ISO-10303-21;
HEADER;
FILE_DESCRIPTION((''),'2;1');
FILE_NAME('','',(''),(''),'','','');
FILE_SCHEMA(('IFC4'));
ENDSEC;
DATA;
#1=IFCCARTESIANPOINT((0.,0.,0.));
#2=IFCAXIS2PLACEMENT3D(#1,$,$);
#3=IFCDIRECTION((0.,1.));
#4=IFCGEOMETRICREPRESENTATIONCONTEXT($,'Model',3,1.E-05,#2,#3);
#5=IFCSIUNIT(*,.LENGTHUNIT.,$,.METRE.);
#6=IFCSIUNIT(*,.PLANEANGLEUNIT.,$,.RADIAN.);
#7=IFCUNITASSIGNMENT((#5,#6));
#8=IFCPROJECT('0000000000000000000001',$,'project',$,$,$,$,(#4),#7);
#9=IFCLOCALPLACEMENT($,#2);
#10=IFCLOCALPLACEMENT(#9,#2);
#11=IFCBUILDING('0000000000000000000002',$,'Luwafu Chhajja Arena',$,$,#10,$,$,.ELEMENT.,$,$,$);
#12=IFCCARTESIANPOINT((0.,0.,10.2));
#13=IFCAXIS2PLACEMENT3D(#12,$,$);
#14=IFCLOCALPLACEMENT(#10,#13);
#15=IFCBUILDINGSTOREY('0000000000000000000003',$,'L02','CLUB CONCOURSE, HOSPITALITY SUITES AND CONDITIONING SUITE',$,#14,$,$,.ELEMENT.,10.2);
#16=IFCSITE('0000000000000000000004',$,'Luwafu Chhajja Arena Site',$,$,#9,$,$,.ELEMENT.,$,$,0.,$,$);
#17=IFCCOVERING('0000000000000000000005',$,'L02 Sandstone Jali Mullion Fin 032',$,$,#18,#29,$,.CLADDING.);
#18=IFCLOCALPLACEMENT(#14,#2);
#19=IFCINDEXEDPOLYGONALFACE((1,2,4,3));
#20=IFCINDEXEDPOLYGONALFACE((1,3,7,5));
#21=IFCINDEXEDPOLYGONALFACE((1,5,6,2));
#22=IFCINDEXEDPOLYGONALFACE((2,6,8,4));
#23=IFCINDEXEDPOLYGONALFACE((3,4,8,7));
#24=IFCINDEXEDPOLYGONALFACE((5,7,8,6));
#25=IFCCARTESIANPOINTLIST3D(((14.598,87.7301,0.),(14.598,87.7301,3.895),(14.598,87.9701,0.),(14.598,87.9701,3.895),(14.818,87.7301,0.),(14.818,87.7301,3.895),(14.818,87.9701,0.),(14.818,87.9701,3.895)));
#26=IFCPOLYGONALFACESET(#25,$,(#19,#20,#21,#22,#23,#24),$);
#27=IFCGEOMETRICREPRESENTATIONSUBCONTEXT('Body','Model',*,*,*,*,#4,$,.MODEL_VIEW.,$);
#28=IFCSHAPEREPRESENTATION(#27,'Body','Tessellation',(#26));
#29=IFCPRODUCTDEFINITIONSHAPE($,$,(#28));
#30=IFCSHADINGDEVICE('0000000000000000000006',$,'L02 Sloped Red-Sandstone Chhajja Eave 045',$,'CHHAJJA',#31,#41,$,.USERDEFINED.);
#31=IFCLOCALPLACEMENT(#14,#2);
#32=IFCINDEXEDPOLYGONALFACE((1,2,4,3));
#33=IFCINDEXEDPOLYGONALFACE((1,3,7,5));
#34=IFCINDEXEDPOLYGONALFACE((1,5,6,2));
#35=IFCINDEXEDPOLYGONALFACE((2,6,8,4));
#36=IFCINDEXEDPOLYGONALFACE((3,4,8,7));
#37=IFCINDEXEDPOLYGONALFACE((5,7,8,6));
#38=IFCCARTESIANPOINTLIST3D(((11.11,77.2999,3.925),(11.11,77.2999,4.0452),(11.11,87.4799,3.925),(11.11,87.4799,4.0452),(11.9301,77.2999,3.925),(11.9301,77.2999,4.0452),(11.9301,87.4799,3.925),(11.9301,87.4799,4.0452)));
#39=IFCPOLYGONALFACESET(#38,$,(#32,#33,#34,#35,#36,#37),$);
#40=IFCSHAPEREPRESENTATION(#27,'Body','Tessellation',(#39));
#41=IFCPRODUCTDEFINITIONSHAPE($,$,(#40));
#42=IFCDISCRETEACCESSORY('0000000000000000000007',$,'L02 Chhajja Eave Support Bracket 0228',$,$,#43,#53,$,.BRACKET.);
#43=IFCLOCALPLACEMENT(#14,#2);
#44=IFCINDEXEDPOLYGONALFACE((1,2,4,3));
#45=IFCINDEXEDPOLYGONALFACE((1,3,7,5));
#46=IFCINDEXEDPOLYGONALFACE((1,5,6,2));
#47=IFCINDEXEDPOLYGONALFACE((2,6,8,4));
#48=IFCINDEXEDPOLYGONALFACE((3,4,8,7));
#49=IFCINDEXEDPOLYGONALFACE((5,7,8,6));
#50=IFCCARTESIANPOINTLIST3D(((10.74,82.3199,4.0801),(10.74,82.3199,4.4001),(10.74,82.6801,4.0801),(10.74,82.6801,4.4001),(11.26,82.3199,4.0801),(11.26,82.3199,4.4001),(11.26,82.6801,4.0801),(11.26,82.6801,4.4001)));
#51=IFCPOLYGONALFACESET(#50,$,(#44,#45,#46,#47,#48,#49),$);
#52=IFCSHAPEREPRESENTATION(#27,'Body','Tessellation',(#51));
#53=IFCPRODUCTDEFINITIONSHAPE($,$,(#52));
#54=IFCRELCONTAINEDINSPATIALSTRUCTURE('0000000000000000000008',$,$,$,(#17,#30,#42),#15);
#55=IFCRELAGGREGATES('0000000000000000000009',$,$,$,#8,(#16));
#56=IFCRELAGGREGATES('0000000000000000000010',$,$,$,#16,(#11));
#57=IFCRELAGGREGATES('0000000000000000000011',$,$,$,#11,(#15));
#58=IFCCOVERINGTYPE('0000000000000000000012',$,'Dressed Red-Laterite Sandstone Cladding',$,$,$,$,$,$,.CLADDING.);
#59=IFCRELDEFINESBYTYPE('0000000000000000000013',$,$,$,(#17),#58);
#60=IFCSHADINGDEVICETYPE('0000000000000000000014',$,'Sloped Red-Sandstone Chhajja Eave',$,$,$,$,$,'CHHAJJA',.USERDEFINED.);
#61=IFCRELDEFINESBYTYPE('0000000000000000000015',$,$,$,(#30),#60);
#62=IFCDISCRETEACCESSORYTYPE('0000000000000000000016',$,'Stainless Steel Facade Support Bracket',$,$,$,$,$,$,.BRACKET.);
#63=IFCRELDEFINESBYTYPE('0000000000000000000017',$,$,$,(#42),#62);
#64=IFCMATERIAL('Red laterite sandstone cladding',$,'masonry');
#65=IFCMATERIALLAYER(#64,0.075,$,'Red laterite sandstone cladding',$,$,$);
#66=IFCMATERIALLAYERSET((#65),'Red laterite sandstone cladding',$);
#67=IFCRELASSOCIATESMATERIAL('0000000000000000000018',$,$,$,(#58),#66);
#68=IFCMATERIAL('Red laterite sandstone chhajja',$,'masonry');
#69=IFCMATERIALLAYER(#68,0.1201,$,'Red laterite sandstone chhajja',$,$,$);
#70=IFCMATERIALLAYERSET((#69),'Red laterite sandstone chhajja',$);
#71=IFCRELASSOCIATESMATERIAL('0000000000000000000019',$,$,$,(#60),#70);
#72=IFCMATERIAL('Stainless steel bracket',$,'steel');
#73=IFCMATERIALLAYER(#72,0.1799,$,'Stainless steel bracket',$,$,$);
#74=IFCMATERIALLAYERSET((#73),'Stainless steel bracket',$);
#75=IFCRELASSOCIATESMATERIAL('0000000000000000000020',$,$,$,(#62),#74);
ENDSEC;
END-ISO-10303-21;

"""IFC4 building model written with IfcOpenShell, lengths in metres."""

from ifc_helpers import new_model, si_unit, direction, frame, origin, origin_2d, place, context, subcontext, project, spatial, rectangle, extrude, material, layer, layer_set, type_object, element, save


model = new_model("IFC4")

# Units and contexts
model_context = context("Model", 3, precision=1e-05, world=origin(), true_north=direction((0.0, 1.0)))
body_context = subcontext(model_context, "Body", "Model", "MODEL_VIEW")
ifc_project = project(units=[si_unit("LENGTHUNIT", "METRE"), si_unit("PLANEANGLEUNIT", "RADIAN")], contexts=[model_context])

# Site, building, storey
site_placement = place(None, origin())
site = spatial("IfcSite", under=ifc_project, at=site_placement, Name="Luwafu Chhajja Arena Site", CompositionType="ELEMENT", RefElevation=0.0)
building_placement = place(site_placement, origin())
building = spatial("IfcBuilding", under=site, at=building_placement, Name="Luwafu Chhajja Arena", CompositionType="ELEMENT")
storey_placement = place(building_placement, frame((0.0, 0.0, 10.2)))
storey = spatial("IfcBuildingStorey", under=building, at=storey_placement, Name="L02", Description="CLUB CONCOURSE, HOSPITALITY SUITES AND CONDITIONING SUITE", CompositionType="ELEMENT", Elevation=10.2)

# Covering
ifc_material_1 = material(Name="Red laterite sandstone cladding", Category="masonry")
ifc_layer_1 = layer(ifc_material_1, 0.075, Name="Red laterite sandstone cladding")
ifc_layer_set_1 = layer_set([ifc_layer_1], Name="Red laterite sandstone cladding")
covering_type = type_object("IfcCoveringType", Name="Dressed Red-Laterite Sandstone Cladding", PredefinedType="CLADDING", material=ifc_layer_set_1)
covering_1_placement = place(storey_placement, frame((14.708, 87.8501, 0.0), z_axis=(0.0, 0.0, 1.0), x_axis=(1.0, 0.0, 0.0)))
element("IfcCovering", 1, at=covering_1_placement, inside=storey, type_object=covering_type, Name="L02 Sandstone Jali Mullion Fin 032", PredefinedType="CLADDING", context=body_context, shape_type="SweptSolid", body=[
    extrude(rectangle(XDim=0.22, YDim=0.24, at=origin_2d()), origin(), (0.0, 0.0, 1.0), 3.895),
])

# Shading device
ifc_material_2 = material(Name="Red laterite sandstone chhajja", Category="masonry")
ifc_layer_2 = layer(ifc_material_2, 0.1201, Name="Red laterite sandstone chhajja")
ifc_layer_set_2 = layer_set([ifc_layer_2], Name="Red laterite sandstone chhajja")
shading_device_type = type_object("IfcShadingDeviceType", Name="Sloped Red-Sandstone Chhajja Eave", ElementType="CHHAJJA", PredefinedType="USERDEFINED", material=ifc_layer_set_2)
shading_device_placement = place(storey_placement, frame((11.52, 82.3899, 3.925), z_axis=(0.0, 0.0, 1.0), x_axis=(0.0, 1.0, 0.0)))
element("IfcShadingDevice", 2, at=shading_device_placement, inside=storey, type_object=shading_device_type, Name="L02 Sloped Red-Sandstone Chhajja Eave 045", ObjectType="CHHAJJA", PredefinedType="USERDEFINED", context=body_context, shape_type="SweptSolid", body=[
    extrude(rectangle(XDim=10.1799, YDim=0.8201, at=origin_2d()), origin(), (0.0, 0.0, 1.0), 0.1201),
])

# Discrete accessory
ifc_material_3 = material(Name="Stainless steel bracket", Category="steel")
ifc_layer_3 = layer(ifc_material_3, 0.1799, Name="Stainless steel bracket")
ifc_layer_set_3 = layer_set([ifc_layer_3], Name="Stainless steel bracket")
discrete_accessory_type = type_object("IfcDiscreteAccessoryType", Name="Stainless Steel Facade Support Bracket", PredefinedType="BRACKET", material=ifc_layer_set_3)
discrete_accessory_placement = place(storey_placement, frame((11.0, 82.5, 4.0801), z_axis=(0.0, 0.0, 1.0), x_axis=(0.0, 1.0, 0.0)))
element("IfcDiscreteAccessory", 3, at=discrete_accessory_placement, inside=storey, type_object=discrete_accessory_type, Name="L02 Chhajja Eave Support Bracket 0228", PredefinedType="BRACKET", context=body_context, shape_type="SweptSolid", body=[
    extrude(rectangle(XDim=0.3601, YDim=0.52, at=origin_2d()), origin(), (0.0, 0.0, 1.0), 0.3201),
])

save(model, "model.ifc")
